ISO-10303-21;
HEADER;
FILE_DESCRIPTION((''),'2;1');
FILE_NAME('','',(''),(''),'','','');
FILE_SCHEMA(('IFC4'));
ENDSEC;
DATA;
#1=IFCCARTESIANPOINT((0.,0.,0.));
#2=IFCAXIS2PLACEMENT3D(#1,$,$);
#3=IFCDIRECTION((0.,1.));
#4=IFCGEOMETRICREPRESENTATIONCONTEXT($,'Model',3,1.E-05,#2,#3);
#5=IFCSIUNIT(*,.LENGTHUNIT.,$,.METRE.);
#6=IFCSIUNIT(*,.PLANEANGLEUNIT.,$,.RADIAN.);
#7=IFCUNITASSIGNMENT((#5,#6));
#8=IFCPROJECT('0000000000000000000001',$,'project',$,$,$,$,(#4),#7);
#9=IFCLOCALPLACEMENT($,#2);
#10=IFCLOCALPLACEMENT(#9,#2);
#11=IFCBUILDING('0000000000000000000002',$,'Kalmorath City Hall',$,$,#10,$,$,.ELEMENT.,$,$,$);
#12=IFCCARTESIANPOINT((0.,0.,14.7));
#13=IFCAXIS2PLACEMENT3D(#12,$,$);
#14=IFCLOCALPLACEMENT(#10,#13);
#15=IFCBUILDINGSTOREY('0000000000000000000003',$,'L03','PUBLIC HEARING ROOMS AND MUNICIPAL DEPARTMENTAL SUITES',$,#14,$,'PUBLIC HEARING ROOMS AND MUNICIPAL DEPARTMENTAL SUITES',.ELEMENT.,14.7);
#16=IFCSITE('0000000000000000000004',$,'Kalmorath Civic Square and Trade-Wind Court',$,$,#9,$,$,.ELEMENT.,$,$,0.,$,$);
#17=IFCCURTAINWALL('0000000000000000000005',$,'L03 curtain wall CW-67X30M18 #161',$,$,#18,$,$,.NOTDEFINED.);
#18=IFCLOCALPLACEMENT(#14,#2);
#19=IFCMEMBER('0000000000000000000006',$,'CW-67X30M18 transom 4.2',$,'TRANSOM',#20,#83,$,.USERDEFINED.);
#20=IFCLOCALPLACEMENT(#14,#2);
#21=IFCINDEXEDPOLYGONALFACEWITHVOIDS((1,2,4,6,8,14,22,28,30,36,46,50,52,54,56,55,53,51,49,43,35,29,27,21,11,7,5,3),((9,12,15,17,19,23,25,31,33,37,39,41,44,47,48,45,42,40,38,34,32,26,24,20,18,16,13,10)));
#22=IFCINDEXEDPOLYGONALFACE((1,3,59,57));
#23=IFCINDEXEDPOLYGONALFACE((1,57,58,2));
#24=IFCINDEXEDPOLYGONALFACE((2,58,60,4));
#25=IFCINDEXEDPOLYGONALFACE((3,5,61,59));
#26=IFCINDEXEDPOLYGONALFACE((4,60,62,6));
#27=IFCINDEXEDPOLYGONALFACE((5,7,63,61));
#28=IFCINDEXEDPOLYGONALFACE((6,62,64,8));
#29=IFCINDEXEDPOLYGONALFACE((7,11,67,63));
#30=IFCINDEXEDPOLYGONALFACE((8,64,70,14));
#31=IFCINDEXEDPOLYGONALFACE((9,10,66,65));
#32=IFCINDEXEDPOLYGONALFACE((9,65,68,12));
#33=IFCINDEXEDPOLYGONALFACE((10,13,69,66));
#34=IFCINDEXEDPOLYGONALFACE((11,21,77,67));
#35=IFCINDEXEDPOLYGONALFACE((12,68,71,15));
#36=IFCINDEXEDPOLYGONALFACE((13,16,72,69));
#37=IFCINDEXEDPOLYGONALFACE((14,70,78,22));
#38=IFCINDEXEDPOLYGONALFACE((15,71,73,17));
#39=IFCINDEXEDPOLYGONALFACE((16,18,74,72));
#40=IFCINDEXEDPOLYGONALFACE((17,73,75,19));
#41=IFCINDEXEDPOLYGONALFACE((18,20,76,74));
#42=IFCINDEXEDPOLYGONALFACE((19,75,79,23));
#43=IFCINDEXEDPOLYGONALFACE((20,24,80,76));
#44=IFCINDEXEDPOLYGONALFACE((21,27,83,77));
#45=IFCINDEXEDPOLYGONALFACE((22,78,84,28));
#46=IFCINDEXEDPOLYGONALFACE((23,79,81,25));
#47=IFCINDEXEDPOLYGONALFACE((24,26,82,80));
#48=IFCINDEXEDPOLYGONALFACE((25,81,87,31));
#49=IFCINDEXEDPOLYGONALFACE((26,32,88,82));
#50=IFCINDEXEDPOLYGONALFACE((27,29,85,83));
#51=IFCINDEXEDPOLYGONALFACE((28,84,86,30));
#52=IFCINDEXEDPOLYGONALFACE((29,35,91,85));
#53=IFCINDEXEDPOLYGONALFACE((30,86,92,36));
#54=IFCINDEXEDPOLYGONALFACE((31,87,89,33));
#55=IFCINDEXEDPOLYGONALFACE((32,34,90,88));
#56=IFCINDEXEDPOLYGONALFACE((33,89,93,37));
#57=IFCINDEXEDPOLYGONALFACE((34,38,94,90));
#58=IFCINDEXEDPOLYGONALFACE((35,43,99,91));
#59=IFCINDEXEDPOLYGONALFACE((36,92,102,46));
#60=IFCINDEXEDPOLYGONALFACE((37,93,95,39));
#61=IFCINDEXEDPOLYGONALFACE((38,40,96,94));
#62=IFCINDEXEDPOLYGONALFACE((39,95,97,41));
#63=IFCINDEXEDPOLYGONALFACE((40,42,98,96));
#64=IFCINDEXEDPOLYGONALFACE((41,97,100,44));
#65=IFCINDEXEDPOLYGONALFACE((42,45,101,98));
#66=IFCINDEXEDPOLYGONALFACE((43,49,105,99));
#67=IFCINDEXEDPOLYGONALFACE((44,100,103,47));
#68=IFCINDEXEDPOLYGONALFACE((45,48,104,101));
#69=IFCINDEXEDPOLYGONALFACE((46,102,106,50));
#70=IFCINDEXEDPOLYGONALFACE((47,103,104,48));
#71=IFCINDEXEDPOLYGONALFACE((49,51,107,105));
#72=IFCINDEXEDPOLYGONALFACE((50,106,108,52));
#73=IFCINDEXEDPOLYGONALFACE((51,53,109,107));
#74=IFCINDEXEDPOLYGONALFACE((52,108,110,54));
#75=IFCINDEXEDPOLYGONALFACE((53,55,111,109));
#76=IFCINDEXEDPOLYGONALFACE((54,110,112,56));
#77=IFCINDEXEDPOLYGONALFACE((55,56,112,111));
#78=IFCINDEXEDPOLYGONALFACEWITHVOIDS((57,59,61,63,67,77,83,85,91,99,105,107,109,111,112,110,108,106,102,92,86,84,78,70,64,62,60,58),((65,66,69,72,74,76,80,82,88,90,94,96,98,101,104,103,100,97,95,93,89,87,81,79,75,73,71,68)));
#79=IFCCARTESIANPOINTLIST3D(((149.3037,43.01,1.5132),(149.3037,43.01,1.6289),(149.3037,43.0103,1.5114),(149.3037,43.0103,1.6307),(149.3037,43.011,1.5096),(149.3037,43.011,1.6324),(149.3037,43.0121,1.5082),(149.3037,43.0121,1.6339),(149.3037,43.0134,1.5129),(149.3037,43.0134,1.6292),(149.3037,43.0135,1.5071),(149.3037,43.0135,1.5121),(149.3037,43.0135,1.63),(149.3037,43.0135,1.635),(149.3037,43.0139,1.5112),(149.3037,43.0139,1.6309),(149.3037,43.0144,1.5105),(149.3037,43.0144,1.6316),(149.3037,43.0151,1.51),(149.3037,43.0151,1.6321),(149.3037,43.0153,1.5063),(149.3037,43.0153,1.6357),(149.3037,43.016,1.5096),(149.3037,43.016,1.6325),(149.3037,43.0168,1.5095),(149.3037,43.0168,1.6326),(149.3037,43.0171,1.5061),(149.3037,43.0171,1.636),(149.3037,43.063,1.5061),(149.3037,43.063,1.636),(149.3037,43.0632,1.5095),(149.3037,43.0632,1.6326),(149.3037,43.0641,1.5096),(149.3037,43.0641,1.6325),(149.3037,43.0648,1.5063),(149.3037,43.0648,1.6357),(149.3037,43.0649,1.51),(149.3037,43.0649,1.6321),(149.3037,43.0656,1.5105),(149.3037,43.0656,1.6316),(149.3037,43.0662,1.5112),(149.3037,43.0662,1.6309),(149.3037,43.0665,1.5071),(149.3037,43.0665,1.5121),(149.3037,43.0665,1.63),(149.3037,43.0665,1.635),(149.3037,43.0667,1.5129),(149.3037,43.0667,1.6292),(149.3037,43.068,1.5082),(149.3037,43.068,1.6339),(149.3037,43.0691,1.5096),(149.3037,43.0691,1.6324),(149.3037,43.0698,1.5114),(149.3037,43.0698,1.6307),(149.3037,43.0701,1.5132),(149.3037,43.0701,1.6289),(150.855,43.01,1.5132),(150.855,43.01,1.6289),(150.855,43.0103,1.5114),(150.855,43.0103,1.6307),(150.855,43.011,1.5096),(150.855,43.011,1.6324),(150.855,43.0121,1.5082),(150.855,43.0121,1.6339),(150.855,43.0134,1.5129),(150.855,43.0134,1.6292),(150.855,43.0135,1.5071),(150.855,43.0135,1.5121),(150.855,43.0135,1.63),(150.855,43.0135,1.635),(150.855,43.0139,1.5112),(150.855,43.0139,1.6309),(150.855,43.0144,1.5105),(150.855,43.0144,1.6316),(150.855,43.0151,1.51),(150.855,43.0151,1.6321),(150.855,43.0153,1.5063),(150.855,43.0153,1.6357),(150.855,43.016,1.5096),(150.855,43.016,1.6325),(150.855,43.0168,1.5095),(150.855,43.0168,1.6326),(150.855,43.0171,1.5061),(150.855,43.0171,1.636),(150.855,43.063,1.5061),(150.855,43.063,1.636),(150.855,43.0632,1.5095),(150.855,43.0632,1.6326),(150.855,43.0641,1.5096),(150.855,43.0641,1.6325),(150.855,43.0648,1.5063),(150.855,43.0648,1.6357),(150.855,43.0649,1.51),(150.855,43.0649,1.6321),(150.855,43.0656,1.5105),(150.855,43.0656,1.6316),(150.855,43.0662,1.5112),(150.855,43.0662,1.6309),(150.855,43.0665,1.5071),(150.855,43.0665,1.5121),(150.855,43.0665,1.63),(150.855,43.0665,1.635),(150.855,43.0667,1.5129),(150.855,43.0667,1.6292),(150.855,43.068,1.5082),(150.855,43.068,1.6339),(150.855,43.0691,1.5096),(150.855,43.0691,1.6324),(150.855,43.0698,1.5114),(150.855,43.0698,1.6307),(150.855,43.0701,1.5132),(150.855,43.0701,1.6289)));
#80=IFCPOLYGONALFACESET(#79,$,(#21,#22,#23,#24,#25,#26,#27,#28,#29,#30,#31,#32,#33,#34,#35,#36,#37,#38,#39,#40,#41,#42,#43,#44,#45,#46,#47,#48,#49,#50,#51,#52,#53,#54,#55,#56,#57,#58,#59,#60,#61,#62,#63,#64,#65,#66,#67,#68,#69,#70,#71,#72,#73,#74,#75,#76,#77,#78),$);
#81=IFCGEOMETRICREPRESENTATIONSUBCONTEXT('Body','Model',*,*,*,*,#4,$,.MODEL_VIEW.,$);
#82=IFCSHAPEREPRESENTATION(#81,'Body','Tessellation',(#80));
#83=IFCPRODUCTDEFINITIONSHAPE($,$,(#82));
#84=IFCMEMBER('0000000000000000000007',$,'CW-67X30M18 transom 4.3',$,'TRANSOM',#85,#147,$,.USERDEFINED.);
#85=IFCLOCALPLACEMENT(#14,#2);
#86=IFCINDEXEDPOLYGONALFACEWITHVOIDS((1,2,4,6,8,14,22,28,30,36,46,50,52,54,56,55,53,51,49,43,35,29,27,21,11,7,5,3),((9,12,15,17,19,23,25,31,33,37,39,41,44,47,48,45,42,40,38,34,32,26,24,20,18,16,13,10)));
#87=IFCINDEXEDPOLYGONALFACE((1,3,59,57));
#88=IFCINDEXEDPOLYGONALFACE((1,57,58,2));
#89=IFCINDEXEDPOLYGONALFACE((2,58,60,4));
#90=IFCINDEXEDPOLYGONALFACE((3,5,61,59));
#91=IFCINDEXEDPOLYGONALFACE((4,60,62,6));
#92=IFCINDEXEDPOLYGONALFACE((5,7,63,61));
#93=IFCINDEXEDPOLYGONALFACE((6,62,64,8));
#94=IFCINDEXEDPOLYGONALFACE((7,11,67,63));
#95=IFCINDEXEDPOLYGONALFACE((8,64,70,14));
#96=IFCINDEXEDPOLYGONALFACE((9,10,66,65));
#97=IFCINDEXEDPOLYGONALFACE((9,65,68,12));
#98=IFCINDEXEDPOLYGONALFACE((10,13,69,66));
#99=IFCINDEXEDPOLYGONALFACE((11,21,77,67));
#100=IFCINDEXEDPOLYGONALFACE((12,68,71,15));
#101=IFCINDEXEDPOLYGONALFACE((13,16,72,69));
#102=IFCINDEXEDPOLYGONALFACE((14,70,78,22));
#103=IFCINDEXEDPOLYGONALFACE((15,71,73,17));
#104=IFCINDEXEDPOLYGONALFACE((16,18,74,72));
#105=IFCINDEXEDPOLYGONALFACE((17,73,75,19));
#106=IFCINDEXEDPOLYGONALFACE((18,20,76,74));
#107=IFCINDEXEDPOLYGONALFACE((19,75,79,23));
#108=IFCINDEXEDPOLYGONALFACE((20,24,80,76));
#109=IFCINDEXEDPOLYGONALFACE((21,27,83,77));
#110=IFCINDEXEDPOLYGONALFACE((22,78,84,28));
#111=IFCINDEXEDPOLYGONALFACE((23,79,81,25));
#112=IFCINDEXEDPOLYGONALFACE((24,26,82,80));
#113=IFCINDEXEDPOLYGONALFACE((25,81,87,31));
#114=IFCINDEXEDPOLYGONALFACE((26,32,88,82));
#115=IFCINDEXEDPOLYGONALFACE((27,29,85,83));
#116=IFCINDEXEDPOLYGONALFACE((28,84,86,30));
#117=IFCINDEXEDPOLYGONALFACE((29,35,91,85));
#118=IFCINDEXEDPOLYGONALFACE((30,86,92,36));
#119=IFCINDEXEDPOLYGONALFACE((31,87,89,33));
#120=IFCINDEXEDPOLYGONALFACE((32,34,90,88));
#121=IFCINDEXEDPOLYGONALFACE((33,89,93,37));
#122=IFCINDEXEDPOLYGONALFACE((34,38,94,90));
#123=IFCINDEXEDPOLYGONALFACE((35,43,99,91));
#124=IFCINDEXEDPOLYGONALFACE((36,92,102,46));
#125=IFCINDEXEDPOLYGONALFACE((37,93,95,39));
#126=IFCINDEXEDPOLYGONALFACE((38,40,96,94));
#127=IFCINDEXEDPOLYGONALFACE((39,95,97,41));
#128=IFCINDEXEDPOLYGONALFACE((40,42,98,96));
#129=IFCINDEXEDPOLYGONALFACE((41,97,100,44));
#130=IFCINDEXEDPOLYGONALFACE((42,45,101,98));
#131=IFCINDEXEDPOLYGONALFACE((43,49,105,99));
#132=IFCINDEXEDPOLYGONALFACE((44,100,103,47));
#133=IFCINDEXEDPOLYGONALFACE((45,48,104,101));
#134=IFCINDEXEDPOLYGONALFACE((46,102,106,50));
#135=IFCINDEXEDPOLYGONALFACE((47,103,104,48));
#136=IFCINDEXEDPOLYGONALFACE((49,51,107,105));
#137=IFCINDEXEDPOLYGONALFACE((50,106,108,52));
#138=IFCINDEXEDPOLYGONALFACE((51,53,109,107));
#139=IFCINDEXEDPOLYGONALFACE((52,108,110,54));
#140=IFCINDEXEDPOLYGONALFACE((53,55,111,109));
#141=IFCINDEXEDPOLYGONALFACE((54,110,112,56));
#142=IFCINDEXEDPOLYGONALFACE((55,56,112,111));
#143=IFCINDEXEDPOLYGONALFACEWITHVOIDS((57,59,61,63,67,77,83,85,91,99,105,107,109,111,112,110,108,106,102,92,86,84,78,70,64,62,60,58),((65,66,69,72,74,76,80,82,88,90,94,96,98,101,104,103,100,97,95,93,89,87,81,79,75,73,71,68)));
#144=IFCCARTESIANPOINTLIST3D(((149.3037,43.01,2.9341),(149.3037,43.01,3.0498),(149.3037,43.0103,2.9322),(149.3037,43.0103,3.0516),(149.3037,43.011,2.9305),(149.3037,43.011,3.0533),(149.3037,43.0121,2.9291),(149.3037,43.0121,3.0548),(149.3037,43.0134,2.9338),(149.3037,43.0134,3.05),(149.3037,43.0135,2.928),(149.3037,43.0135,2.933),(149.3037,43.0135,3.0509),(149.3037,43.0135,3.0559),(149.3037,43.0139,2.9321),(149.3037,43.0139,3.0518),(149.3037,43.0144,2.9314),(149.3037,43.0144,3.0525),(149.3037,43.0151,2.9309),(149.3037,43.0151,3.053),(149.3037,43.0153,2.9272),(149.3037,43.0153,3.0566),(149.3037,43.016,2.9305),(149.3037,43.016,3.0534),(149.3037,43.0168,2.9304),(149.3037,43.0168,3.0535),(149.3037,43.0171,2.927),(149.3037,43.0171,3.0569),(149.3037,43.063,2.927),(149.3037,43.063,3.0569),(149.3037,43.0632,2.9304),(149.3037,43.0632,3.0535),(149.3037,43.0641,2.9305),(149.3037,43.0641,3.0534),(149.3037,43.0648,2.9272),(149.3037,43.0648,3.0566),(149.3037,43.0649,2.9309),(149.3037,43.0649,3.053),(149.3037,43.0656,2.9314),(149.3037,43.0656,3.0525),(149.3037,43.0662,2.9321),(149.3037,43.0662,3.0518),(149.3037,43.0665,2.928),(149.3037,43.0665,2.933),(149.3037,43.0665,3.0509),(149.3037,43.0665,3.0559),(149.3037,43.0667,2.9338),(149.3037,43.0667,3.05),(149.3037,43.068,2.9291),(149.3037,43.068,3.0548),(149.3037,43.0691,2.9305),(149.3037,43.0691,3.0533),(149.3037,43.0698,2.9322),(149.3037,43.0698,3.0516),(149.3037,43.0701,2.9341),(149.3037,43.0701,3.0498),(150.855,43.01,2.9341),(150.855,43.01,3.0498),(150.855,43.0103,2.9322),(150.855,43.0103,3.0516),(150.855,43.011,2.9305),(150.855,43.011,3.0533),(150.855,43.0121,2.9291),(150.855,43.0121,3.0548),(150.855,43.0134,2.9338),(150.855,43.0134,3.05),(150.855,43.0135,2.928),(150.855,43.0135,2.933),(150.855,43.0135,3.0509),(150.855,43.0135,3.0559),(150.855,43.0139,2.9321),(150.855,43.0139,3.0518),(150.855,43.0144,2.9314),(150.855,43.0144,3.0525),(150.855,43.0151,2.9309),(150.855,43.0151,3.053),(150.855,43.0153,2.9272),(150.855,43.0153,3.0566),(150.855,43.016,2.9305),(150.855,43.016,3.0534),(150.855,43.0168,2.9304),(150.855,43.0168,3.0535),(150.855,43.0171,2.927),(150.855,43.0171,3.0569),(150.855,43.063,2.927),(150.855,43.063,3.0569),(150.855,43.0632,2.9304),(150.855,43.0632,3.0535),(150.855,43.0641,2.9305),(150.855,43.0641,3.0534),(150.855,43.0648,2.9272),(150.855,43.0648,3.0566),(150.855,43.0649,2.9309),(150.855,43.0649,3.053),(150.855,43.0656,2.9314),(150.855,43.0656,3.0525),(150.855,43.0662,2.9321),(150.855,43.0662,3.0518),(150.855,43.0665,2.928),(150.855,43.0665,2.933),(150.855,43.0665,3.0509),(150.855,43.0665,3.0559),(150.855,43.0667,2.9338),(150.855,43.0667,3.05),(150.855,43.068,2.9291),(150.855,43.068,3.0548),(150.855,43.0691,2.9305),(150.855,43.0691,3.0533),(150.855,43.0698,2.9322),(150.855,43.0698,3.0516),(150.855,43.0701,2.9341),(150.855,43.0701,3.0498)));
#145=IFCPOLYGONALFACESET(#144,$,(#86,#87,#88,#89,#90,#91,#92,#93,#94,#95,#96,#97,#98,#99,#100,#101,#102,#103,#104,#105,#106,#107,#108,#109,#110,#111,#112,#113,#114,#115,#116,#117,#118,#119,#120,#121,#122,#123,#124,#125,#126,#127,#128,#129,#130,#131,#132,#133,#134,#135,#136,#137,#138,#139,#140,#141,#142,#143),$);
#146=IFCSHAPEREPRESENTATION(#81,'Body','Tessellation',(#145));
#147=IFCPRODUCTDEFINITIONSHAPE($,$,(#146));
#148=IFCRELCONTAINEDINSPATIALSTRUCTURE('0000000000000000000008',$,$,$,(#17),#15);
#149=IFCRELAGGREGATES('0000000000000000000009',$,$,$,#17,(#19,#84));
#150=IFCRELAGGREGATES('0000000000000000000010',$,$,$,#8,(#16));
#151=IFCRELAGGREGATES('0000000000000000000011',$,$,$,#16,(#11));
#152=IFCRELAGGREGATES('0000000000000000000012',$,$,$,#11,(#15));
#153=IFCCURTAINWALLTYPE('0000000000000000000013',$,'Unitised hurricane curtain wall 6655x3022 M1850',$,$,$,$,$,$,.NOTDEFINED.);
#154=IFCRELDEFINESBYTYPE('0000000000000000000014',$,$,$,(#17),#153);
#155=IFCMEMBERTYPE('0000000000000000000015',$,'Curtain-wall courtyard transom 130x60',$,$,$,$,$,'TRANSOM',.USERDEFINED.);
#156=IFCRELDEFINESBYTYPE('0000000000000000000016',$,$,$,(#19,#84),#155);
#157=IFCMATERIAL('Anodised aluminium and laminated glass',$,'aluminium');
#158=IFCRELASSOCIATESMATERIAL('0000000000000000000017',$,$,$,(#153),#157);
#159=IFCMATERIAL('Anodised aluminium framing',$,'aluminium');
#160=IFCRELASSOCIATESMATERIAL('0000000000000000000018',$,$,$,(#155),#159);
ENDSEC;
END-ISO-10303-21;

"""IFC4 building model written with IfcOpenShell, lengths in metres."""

from ifc_helpers import new_model, si_unit, direction, frame, origin, origin_2d, place, context, subcontext, project, spatial, hollow_rectangle, extrude, material, material_profile, profile_set, type_object, element, aggregate, save


model = new_model("IFC4")

# Units and contexts
model_context = context("Model", 3, precision=1e-05, world=origin(), true_north=direction((0.0, 1.0)))
body_context = subcontext(model_context, "Body", "Model", "MODEL_VIEW")
ifc_project = project(units=[si_unit("LENGTHUNIT", "METRE"), si_unit("PLANEANGLEUNIT", "RADIAN")], contexts=[model_context])

# Site, building, storey
site_placement = place(None, origin())
site = spatial("IfcSite", under=ifc_project, at=site_placement, Name="Kalmorath Civic Square and Trade-Wind Court", CompositionType="ELEMENT", RefElevation=0.0)
building_placement = place(site_placement, origin())
building = spatial("IfcBuilding", under=site, at=building_placement, Name="Kalmorath City Hall", CompositionType="ELEMENT")
storey_placement = place(building_placement, frame((0.0, 0.0, 14.7)))
storey = spatial("IfcBuildingStorey", under=building, at=storey_placement, Name="L03", Description="PUBLIC HEARING ROOMS AND MUNICIPAL DEPARTMENTAL SUITES", LongName="PUBLIC HEARING ROOMS AND MUNICIPAL DEPARTMENTAL SUITES", CompositionType="ELEMENT", Elevation=14.7)

# Curtain wall, members
ifc_material_1 = material(Name="Anodised aluminium and laminated glass", Category="aluminium")
curtain_wall_type = type_object("IfcCurtainWallType", Name="Unitised hurricane curtain wall 6655x3022 M1850", PredefinedType="NOTDEFINED", material=ifc_material_1)
curtain_wall_placement = place(storey_placement, origin())
curtain_wall = element("IfcCurtainWall", 1, at=curtain_wall_placement, inside=storey, type_object=curtain_wall_type, Name="L03 curtain wall CW-67X30M18 #161", PredefinedType="NOTDEFINED")
ifc_material_2 = material(Name="Anodised aluminium framing", Category="aluminium")
ifc_material_profile_1 = material_profile(ifc_material_2, hollow_rectangle(XDim=0.0601, YDim=0.1299, WallThickness=0.0034, InnerFilletRadius=0.0034, OuterFilletRadius=0.0071, at=origin_2d()), Name="ALU-TRN-130X60X3.5")
ifc_profile_set_1 = profile_set([ifc_material_profile_1], Name="Anodised aluminium framing")
member_type_1 = type_object("IfcMemberType", Name="Curtain-wall courtyard transom 130x60", ElementType="TRANSOM", PredefinedType="USERDEFINED", material=ifc_profile_set_1)
member_1_placement = place(storey_placement, frame((149.3037, 43.04, 1.571), z_axis=(1.0, 0.0, 0.0), x_axis=(0.0, 1.0, 0.0)))
member_1 = element("IfcMember", 2, at=member_1_placement, type_object=member_type_1, Name="CW-67X30M18 transom 4.2", ObjectType="TRANSOM", PredefinedType="USERDEFINED", context=body_context, shape_type="SweptSolid", body=[
    extrude(hollow_rectangle(XDim=0.0601, YDim=0.1299, WallThickness=0.0034, InnerFilletRadius=0.0034, OuterFilletRadius=0.0071, at=origin_2d()), origin(), (0.0, 0.0, 1.0), 1.5513),
])
member_2_placement = place(storey_placement, frame((149.3037, 43.04, 2.9919), z_axis=(1.0, 0.0, 0.0), x_axis=(0.0, 1.0, 0.0)))
member_2 = element("IfcMember", 3, at=member_2_placement, type_object=member_type_1, Name="CW-67X30M18 transom 4.3", ObjectType="TRANSOM", PredefinedType="USERDEFINED", context=body_context, shape_type="SweptSolid", body=[
    extrude(hollow_rectangle(XDim=0.0601, YDim=0.1299, WallThickness=0.0034, InnerFilletRadius=0.0034, OuterFilletRadius=0.0071, at=origin_2d()), origin(), (0.0, 0.0, 1.0), 1.5513),
])
aggregate(curtain_wall, [member_1, member_2])

save(model, "model.ifc")
